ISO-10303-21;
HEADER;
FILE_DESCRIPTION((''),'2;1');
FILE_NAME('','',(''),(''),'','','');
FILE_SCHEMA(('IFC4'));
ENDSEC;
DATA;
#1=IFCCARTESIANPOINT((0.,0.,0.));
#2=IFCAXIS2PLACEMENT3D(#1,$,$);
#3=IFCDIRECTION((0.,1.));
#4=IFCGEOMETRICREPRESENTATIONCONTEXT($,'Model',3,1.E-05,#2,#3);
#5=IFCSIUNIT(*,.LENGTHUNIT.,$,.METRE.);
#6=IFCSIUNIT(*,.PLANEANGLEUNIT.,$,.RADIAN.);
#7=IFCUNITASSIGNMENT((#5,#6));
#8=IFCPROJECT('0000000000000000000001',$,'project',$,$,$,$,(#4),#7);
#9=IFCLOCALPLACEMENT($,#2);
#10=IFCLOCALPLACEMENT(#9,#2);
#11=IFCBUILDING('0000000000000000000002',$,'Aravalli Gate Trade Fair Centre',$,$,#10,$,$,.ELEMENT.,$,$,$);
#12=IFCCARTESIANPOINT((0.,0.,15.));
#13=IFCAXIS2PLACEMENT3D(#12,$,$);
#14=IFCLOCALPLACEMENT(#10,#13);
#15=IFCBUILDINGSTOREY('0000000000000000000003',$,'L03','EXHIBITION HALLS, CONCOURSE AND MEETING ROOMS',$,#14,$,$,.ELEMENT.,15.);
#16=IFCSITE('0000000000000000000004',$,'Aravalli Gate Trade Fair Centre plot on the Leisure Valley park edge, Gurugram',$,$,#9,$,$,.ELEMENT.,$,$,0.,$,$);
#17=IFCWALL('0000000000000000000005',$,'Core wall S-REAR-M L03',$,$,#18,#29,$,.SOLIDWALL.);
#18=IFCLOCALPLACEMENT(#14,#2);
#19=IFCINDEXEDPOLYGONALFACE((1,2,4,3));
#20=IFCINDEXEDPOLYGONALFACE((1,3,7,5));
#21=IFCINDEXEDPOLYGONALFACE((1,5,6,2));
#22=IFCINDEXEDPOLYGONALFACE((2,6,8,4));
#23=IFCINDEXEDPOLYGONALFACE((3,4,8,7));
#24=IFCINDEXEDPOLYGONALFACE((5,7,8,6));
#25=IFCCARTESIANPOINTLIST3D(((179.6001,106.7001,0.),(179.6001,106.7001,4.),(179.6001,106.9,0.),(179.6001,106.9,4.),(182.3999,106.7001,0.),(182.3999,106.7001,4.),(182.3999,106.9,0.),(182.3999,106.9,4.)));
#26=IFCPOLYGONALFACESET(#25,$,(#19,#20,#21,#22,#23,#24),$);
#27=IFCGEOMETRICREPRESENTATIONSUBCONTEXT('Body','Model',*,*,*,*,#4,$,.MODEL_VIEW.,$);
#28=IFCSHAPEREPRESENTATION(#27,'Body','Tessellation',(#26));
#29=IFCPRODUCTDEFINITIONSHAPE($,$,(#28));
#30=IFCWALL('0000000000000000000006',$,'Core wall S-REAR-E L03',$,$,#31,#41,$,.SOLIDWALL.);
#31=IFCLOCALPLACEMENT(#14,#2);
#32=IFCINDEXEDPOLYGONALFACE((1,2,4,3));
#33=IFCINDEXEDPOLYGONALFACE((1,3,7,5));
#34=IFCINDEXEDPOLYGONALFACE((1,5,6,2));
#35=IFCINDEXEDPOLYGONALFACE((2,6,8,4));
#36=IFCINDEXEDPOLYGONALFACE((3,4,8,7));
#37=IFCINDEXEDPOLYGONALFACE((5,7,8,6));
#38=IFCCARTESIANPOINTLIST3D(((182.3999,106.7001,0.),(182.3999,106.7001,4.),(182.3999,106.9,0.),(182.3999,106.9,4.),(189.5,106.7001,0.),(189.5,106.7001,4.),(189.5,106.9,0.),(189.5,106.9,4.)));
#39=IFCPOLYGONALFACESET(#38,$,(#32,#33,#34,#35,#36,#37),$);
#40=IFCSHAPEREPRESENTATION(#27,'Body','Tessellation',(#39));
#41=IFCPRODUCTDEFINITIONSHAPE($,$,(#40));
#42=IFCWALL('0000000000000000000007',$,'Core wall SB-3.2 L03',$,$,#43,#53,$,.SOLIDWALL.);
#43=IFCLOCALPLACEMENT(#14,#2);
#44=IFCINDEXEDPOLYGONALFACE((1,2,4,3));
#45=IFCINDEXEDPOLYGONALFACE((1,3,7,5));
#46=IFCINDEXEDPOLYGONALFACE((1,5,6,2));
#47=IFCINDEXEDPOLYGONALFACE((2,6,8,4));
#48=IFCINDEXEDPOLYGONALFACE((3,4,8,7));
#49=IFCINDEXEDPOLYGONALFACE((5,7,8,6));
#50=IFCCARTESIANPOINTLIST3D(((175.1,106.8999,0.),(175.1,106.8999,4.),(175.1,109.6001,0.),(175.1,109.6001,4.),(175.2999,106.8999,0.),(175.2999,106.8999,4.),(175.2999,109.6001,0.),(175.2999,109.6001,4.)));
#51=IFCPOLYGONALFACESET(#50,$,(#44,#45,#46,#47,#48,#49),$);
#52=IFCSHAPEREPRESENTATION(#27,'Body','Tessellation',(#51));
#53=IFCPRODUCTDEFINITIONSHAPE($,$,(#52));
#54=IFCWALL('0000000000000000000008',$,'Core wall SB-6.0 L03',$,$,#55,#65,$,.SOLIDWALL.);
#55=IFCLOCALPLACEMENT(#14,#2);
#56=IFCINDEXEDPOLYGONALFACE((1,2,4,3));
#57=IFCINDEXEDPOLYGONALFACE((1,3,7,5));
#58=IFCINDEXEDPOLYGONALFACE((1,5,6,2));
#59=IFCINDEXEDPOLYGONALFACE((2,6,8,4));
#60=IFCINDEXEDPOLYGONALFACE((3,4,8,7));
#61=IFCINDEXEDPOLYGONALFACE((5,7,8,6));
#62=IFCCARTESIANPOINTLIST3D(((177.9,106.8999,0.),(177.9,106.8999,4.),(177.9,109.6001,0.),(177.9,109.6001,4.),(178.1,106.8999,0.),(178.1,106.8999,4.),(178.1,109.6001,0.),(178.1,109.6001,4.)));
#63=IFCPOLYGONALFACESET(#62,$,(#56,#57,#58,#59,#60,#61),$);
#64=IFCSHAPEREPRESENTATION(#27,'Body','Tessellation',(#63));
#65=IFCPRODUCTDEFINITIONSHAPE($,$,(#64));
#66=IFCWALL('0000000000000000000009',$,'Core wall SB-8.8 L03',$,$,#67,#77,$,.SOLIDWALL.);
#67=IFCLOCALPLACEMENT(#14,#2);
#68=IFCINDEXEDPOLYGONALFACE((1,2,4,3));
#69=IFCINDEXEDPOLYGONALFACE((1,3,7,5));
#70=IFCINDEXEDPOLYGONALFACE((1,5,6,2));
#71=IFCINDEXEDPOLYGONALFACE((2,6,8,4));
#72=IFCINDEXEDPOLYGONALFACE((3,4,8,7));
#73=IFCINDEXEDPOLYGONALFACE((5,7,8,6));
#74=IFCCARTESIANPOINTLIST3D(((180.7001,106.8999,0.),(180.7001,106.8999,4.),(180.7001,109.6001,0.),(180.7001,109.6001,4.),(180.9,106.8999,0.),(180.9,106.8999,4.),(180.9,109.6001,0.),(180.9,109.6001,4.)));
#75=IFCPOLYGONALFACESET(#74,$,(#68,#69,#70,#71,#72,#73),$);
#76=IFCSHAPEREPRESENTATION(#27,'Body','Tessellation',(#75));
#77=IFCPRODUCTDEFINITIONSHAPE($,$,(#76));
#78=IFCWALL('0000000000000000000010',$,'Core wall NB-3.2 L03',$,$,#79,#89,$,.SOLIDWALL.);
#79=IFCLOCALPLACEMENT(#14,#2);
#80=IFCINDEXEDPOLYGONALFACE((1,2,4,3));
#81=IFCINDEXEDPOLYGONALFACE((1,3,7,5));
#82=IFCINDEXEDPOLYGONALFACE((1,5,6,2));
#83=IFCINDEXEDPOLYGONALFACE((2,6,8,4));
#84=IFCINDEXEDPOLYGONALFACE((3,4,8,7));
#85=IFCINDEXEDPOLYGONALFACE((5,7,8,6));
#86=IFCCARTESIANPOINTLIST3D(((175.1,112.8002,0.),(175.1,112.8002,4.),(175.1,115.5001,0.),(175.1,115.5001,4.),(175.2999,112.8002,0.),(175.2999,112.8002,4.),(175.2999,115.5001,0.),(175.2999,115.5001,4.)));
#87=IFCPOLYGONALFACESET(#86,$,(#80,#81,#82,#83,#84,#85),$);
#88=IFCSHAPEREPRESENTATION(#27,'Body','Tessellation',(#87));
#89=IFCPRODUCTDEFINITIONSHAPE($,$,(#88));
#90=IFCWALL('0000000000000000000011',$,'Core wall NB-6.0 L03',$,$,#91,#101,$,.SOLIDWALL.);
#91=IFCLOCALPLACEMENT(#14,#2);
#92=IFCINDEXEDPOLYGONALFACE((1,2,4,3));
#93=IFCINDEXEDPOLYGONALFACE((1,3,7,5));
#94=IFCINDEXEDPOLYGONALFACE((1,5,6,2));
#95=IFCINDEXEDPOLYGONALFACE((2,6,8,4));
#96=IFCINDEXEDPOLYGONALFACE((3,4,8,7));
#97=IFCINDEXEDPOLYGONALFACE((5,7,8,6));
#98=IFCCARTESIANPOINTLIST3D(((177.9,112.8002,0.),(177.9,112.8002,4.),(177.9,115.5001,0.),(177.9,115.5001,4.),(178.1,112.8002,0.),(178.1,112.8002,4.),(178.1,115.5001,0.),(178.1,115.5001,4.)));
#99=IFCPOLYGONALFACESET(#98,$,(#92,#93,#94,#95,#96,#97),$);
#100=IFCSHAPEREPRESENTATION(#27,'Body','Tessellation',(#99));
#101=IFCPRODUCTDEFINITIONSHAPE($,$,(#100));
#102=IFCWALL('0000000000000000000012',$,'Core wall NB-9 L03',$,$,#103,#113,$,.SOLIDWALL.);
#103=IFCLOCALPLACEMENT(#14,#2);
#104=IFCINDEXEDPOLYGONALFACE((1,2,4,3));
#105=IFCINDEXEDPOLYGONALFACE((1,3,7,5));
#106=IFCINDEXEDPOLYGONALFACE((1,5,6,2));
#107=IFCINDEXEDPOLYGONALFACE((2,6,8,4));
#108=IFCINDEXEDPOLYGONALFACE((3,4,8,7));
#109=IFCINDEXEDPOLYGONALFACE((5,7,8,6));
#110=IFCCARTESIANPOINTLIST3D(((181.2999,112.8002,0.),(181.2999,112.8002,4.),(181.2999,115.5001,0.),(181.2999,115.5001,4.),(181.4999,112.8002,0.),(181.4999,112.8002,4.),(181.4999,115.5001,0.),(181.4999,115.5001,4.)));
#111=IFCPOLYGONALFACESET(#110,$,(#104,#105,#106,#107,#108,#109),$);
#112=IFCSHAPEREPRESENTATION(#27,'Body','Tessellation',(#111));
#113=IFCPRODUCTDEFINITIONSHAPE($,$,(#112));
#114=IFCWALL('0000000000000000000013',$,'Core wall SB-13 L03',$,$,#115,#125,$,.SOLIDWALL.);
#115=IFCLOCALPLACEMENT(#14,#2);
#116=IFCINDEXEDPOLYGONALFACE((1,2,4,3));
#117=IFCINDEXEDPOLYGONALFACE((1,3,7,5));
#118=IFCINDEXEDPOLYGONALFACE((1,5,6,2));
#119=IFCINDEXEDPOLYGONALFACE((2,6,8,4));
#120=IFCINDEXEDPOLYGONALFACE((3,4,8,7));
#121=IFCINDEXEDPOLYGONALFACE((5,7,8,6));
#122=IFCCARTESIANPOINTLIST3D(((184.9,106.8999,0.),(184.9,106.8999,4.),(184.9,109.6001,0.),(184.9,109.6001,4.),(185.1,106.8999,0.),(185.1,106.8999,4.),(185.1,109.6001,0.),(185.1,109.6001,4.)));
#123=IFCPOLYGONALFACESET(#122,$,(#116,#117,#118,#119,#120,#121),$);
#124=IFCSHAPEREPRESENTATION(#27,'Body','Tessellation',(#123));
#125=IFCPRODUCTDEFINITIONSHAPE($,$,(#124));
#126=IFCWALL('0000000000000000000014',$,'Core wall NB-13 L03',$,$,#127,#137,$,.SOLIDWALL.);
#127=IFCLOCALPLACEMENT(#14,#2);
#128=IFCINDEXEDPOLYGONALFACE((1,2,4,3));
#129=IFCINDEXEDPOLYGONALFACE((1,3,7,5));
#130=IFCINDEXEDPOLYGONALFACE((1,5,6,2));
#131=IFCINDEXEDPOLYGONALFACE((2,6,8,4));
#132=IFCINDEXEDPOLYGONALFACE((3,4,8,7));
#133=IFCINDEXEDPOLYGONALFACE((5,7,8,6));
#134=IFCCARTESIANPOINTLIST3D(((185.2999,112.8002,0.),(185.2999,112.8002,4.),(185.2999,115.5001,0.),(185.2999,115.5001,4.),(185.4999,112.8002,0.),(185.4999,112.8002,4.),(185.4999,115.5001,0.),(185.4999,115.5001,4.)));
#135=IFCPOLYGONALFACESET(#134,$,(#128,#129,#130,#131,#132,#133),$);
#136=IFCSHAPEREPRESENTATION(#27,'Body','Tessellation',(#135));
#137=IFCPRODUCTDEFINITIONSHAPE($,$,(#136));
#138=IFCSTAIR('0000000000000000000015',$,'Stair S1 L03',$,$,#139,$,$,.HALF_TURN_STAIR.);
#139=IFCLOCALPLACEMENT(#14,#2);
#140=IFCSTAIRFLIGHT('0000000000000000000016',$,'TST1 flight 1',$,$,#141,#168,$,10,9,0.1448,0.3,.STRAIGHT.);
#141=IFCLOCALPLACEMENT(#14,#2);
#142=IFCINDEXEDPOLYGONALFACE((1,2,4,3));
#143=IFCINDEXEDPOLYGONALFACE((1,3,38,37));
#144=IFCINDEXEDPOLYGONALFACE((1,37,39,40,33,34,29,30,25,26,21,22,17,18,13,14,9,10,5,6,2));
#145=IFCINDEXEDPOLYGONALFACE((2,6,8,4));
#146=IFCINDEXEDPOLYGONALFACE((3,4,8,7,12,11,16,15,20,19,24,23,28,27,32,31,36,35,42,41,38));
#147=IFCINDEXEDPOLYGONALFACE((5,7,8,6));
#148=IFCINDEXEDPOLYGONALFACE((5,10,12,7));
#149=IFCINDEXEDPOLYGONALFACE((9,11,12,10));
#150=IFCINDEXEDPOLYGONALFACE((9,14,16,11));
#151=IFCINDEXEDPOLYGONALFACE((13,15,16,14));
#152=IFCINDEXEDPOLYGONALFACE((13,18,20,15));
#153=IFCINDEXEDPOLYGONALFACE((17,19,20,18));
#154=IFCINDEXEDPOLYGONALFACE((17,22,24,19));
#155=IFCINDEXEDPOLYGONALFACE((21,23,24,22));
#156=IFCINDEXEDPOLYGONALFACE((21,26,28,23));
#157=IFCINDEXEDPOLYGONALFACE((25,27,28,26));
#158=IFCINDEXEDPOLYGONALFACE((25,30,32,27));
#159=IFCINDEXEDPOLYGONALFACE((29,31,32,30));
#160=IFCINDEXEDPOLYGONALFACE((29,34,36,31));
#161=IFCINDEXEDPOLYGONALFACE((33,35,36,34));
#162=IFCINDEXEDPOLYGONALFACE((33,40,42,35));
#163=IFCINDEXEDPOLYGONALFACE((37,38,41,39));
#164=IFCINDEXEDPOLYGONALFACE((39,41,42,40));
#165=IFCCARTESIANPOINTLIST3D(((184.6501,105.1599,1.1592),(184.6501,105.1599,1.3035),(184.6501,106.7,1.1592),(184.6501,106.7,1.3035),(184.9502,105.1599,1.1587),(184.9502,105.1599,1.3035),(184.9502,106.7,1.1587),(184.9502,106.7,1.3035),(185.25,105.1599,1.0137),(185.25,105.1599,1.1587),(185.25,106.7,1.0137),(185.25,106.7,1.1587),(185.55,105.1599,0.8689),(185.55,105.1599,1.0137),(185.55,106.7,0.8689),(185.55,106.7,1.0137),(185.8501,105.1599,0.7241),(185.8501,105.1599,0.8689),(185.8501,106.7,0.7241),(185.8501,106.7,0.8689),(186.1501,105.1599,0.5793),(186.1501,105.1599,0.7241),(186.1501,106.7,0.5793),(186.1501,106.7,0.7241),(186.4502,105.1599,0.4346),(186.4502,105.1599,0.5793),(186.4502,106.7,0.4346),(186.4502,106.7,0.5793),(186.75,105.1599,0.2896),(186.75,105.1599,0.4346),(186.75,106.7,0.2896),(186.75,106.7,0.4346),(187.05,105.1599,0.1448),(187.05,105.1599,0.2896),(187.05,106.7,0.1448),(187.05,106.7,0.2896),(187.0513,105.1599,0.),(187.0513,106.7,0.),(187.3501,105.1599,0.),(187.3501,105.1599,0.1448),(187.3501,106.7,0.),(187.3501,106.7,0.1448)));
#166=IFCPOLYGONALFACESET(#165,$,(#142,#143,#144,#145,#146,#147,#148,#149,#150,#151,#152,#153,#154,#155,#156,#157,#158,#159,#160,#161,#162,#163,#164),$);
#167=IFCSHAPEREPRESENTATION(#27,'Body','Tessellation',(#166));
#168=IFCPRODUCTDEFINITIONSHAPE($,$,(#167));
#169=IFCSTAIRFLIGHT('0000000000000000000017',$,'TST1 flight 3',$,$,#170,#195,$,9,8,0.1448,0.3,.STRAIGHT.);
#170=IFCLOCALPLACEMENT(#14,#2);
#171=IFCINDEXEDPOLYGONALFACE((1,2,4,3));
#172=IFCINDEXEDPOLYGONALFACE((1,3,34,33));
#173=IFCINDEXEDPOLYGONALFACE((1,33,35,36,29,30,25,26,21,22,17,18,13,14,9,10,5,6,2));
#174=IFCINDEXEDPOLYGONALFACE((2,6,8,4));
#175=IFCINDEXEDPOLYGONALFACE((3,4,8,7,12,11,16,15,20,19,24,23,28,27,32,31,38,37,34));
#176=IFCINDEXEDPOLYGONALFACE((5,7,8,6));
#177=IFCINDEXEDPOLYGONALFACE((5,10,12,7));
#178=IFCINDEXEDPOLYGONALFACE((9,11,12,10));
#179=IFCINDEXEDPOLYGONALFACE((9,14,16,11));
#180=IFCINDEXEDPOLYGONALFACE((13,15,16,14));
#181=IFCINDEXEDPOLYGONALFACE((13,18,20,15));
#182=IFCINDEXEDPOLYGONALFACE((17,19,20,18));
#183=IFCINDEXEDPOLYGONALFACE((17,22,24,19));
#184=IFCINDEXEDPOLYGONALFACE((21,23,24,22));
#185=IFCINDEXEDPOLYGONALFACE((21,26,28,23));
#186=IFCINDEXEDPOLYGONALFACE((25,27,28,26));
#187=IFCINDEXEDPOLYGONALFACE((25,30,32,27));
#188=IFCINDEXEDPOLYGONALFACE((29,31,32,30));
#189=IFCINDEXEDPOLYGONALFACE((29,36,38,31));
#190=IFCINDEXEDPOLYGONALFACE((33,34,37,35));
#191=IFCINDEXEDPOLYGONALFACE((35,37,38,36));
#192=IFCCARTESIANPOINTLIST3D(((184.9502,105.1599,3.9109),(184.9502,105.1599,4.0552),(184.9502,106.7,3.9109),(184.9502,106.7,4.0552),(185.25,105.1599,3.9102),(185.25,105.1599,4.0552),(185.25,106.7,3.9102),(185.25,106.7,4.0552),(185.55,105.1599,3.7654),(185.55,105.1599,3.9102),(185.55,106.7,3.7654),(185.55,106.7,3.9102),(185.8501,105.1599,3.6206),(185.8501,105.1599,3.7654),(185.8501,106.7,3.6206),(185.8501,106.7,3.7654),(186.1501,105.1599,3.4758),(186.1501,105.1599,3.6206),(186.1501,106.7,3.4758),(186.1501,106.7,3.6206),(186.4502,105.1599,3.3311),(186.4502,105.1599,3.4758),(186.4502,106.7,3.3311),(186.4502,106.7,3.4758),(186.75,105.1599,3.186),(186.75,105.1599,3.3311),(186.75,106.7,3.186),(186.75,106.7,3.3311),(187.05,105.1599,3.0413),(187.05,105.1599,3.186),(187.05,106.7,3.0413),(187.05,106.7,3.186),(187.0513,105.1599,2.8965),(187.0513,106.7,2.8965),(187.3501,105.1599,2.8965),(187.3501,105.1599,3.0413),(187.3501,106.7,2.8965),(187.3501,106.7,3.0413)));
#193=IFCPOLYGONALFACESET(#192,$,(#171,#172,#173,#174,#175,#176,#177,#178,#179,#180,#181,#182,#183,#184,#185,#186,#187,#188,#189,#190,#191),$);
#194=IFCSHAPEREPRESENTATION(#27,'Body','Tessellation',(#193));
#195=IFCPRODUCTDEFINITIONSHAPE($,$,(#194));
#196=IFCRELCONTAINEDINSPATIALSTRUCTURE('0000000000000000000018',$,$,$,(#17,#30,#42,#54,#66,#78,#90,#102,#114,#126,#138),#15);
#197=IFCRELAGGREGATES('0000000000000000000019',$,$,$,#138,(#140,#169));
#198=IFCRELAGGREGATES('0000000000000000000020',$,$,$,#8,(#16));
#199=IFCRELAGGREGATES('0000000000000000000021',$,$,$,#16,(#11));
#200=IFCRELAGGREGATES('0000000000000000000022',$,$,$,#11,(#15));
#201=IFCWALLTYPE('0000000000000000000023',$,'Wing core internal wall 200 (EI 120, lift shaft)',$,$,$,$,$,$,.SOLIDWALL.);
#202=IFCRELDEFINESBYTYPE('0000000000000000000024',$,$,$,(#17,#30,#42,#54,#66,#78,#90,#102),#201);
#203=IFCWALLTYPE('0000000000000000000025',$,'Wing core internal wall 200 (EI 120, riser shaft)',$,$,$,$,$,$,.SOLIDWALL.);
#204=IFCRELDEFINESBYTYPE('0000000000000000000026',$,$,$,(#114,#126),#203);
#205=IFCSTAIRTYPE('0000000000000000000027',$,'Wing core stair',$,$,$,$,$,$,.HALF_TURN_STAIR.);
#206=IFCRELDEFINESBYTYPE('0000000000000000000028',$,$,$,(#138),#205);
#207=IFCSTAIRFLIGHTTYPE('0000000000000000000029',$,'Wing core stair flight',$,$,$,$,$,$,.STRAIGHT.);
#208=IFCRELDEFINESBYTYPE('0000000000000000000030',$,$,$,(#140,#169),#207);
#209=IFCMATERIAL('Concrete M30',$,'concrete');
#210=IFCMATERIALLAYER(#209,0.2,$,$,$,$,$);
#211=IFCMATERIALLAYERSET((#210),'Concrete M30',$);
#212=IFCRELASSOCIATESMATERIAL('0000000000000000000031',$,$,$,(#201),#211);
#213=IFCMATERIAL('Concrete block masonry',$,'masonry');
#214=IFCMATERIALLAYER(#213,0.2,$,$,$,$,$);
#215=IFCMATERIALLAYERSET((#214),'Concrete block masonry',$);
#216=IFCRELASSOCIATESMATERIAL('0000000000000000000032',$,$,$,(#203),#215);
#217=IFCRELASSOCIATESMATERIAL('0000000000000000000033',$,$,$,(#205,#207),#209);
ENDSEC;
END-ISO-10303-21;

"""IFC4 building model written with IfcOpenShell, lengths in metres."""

from ifc_helpers import new_model, si_unit, direction, frame, frame_2d, origin, place, context, subcontext, project, spatial, polyline, rectangle, outline, extrude, material, layer, layer_set, type_object, element, aggregate, save


model = new_model("IFC4")

# Units and contexts
model_context = context("Model", 3, precision=1e-05, world=origin(), true_north=direction((0.0, 1.0)))
body_context = subcontext(model_context, "Body", "Model", "MODEL_VIEW")
ifc_project = project(units=[si_unit("LENGTHUNIT", "METRE"), si_unit("PLANEANGLEUNIT", "RADIAN")], contexts=[model_context])

# Site, building, storey
site_placement = place(None, origin())
site = spatial("IfcSite", under=ifc_project, at=site_placement, Name="Aravalli Gate Trade Fair Centre plot on the Leisure Valley park edge, Gurugram", CompositionType="ELEMENT", RefElevation=0.0)
building_placement = place(site_placement, origin())
building = spatial("IfcBuilding", under=site, at=building_placement, Name="Aravalli Gate Trade Fair Centre", CompositionType="ELEMENT")
storey_placement = place(building_placement, frame((0.0, 0.0, 15.0)))
storey = spatial("IfcBuildingStorey", under=building, at=storey_placement, Name="L03", Description="EXHIBITION HALLS, CONCOURSE AND MEETING ROOMS", CompositionType="ELEMENT", Elevation=15.0)

# Walls
ifc_material_1 = material(Name="Concrete M30", Category="concrete")
ifc_layer_1 = layer(ifc_material_1, 0.2)
ifc_layer_set_1 = layer_set([ifc_layer_1], Name="Concrete M30")
wall_type_1 = type_object("IfcWallType", Name="Wing core internal wall 200 (EI 120, lift shaft)", PredefinedType="SOLIDWALL", material=ifc_layer_set_1)
wall_1_placement = place(storey_placement, frame((179.6001, 106.8, 0.0), z_axis=(0.0, 0.0, 1.0), x_axis=(1.0, 0.0, 0.0)))
element("IfcWall", 1, at=wall_1_placement, inside=storey, type_object=wall_type_1, Name="Core wall S-REAR-M L03", PredefinedType="SOLIDWALL", context=body_context, shape_type="SweptSolid", body=[
    extrude(rectangle(XDim=2.7998, YDim=0.2, at=frame_2d((1.3999, 0.0))), origin(), (0.0, 0.0, 1.0), 4.0),
])
wall_2_placement = place(storey_placement, frame((182.3999, 106.8, 0.0), z_axis=(0.0, 0.0, 1.0), x_axis=(1.0, 0.0, 0.0)))
element("IfcWall", 2, at=wall_2_placement, inside=storey, type_object=wall_type_1, Name="Core wall S-REAR-E L03", PredefinedType="SOLIDWALL", context=body_context, shape_type="SweptSolid", body=[
    extrude(rectangle(XDim=7.1001, YDim=0.2, at=frame_2d((3.55, 0.0))), origin(), (0.0, 0.0, 1.0), 4.0),
])
for number, where, z_axis, x_axis, name in (
    (3, (175.2, 106.8999, 0.0), (0.0, 0.0, 1.0), (0.0, 1.0, 0.0), "Core wall SB-3.2 L03"),
    (4, (178.0, 106.8999, 0.0), (0.0, 0.0, 1.0), (0.0, 1.0, 0.0), "Core wall SB-6.0 L03"),
    (5, (180.8, 106.8999, 0.0), (0.0, 0.0, 1.0), (0.0, 1.0, 0.0), "Core wall SB-8.8 L03"),
):
    element("IfcWall", number, at=place(storey_placement, frame(where, z_axis=z_axis, x_axis=x_axis)), inside=storey, type_object=wall_type_1, Name=name, PredefinedType="SOLIDWALL", context=body_context, shape_type="SweptSolid", body=[
        extrude(rectangle(XDim=2.7002, YDim=0.2, at=frame_2d((1.3501, 0.0))), origin(), (0.0, 0.0, 1.0), 4.0),
    ])
for number, where, z_axis, x_axis, name in (
    (6, (175.2, 112.8, 0.0), (0.0, 0.0, 1.0), (0.0, 1.0, 0.0), "Core wall NB-3.2 L03"),
    (7, (178.0, 112.8, 0.0), (0.0, 0.0, 1.0), (0.0, 1.0, 0.0), "Core wall NB-6.0 L03"),
    (8, (181.3999, 112.8, 0.0), (0.0, 0.0, 1.0), (0.0, 1.0, 0.0), "Core wall NB-9 L03"),
):
    element("IfcWall", number, at=place(storey_placement, frame(where, z_axis=z_axis, x_axis=x_axis)), inside=storey, type_object=wall_type_1, Name=name, PredefinedType="SOLIDWALL", context=body_context, shape_type="SweptSolid", body=[
        extrude(rectangle(XDim=2.7, YDim=0.2, at=frame_2d((1.3501, 0.0))), origin(), (0.0, 0.0, 1.0), 4.0),
    ])
ifc_material_2 = material(Name="Concrete block masonry", Category="masonry")
ifc_layer_2 = layer(ifc_material_2, 0.2)
ifc_layer_set_2 = layer_set([ifc_layer_2], Name="Concrete block masonry")
wall_type_2 = type_object("IfcWallType", Name="Wing core internal wall 200 (EI 120, riser shaft)", PredefinedType="SOLIDWALL", material=ifc_layer_set_2)
wall_3_placement = place(storey_placement, frame((185.0, 106.8999, 0.0), z_axis=(0.0, 0.0, 1.0), x_axis=(0.0, 1.0, 0.0)))
element("IfcWall", 9, at=wall_3_placement, inside=storey, type_object=wall_type_2, Name="Core wall SB-13 L03", PredefinedType="SOLIDWALL", context=body_context, shape_type="SweptSolid", body=[
    extrude(rectangle(XDim=2.7002, YDim=0.2, at=frame_2d((1.3501, 0.0))), origin(), (0.0, 0.0, 1.0), 4.0),
])
wall_4_placement = place(storey_placement, frame((185.3999, 112.8, 0.0), z_axis=(0.0, 0.0, 1.0), x_axis=(0.0, 1.0, 0.0)))
element("IfcWall", 10, at=wall_4_placement, inside=storey, type_object=wall_type_2, Name="Core wall NB-13 L03", PredefinedType="SOLIDWALL", context=body_context, shape_type="SweptSolid", body=[
    extrude(rectangle(XDim=2.7, YDim=0.2, at=frame_2d((1.3501, 0.0))), origin(), (0.0, 0.0, 1.0), 4.0),
])

# Stair, stair flights
stair_type = type_object("IfcStairType", Name="Wing core stair", PredefinedType="HALF_TURN_STAIR", material=ifc_material_1)
stair_placement = place(storey_placement, origin())
stair = element("IfcStair", 11, at=stair_placement, inside=storey, type_object=stair_type, Name="Stair S1 L03", PredefinedType="HALF_TURN_STAIR")
stair_flight_type = type_object("IfcStairFlightType", Name="Wing core stair flight", PredefinedType="STRAIGHT", material=ifc_material_1)
stair_flight_1_placement = place(storey_placement, frame((187.3501, 105.9299, 0.0), z_axis=(0.0, 0.0, 1.0), x_axis=(-1.0, 0.0, 0.0)))
stair_flight_1 = element("IfcStairFlight", 12, at=stair_flight_1_placement, type_object=stair_flight_type, Name="TST1 flight 1", NumberOfRisers=10, NumberOfTreads=9, PredefinedType="STRAIGHT", RiserHeight=0.1448, TreadLength=0.3, context=body_context, shape_type="SweptSolid", body=[
    extrude(outline(polyline([(0.0, 0.0), (0.0, 0.1448), (0.3, 0.1448), (0.3, 0.2896), (0.6001, 0.2896), (0.6001, 0.4346), (0.8999, 0.4346), (0.8999, 0.5793), (1.2, 0.5793), (1.2, 0.7241), (1.5, 0.7241), (1.5, 0.8689), (1.8, 0.8689), (1.8, 1.0137), (2.1001, 1.0137), (2.1001, 1.1587), (2.3999, 1.1587), (2.3999, 1.3035), (2.7, 1.3035), (2.7, 1.4482), (2.7, 1.1592), (0.2988, 0.0), (0.0, 0.0)])), frame((0.0, 0.77, 0.0), z_axis=(0.0, -1.0, 0.0), x_axis=(1.0, 0.0, 0.0)), (0.0, 0.0, 1.0), 1.54),
])
stair_flight_2_placement = place(storey_placement, frame((187.3501, 105.9299, 2.8965), z_axis=(0.0, 0.0, 1.0), x_axis=(-1.0, 0.0, 0.0)))
stair_flight_2 = element("IfcStairFlight", 13, at=stair_flight_2_placement, type_object=stair_flight_type, Name="TST1 flight 3", NumberOfRisers=9, NumberOfTreads=8, PredefinedType="STRAIGHT", RiserHeight=0.1448, TreadLength=0.3, context=body_context, shape_type="SweptSolid", body=[
    extrude(outline(polyline([(0.0, 0.0), (0.0, 0.1448), (0.3, 0.1448), (0.3, 0.2896), (0.6001, 0.2896), (0.6001, 0.4346), (0.8999, 0.4346), (0.8999, 0.5793), (1.2, 0.5793), (1.2, 0.7241), (1.5, 0.7241), (1.5, 0.8689), (1.8, 0.8689), (1.8, 1.0137), (2.1001, 1.0137), (2.1001, 1.1587), (2.3999, 1.1587), (2.3999, 1.3035), (2.3999, 1.0144), (0.2988, 0.0), (0.0, 0.0)])), frame((0.0, 0.77, 0.0), z_axis=(0.0, -1.0, 0.0), x_axis=(1.0, 0.0, 0.0)), (0.0, 0.0, 1.0), 1.54),
])
aggregate(stair, [stair_flight_1, stair_flight_2])

save(model, "model.ifc")
